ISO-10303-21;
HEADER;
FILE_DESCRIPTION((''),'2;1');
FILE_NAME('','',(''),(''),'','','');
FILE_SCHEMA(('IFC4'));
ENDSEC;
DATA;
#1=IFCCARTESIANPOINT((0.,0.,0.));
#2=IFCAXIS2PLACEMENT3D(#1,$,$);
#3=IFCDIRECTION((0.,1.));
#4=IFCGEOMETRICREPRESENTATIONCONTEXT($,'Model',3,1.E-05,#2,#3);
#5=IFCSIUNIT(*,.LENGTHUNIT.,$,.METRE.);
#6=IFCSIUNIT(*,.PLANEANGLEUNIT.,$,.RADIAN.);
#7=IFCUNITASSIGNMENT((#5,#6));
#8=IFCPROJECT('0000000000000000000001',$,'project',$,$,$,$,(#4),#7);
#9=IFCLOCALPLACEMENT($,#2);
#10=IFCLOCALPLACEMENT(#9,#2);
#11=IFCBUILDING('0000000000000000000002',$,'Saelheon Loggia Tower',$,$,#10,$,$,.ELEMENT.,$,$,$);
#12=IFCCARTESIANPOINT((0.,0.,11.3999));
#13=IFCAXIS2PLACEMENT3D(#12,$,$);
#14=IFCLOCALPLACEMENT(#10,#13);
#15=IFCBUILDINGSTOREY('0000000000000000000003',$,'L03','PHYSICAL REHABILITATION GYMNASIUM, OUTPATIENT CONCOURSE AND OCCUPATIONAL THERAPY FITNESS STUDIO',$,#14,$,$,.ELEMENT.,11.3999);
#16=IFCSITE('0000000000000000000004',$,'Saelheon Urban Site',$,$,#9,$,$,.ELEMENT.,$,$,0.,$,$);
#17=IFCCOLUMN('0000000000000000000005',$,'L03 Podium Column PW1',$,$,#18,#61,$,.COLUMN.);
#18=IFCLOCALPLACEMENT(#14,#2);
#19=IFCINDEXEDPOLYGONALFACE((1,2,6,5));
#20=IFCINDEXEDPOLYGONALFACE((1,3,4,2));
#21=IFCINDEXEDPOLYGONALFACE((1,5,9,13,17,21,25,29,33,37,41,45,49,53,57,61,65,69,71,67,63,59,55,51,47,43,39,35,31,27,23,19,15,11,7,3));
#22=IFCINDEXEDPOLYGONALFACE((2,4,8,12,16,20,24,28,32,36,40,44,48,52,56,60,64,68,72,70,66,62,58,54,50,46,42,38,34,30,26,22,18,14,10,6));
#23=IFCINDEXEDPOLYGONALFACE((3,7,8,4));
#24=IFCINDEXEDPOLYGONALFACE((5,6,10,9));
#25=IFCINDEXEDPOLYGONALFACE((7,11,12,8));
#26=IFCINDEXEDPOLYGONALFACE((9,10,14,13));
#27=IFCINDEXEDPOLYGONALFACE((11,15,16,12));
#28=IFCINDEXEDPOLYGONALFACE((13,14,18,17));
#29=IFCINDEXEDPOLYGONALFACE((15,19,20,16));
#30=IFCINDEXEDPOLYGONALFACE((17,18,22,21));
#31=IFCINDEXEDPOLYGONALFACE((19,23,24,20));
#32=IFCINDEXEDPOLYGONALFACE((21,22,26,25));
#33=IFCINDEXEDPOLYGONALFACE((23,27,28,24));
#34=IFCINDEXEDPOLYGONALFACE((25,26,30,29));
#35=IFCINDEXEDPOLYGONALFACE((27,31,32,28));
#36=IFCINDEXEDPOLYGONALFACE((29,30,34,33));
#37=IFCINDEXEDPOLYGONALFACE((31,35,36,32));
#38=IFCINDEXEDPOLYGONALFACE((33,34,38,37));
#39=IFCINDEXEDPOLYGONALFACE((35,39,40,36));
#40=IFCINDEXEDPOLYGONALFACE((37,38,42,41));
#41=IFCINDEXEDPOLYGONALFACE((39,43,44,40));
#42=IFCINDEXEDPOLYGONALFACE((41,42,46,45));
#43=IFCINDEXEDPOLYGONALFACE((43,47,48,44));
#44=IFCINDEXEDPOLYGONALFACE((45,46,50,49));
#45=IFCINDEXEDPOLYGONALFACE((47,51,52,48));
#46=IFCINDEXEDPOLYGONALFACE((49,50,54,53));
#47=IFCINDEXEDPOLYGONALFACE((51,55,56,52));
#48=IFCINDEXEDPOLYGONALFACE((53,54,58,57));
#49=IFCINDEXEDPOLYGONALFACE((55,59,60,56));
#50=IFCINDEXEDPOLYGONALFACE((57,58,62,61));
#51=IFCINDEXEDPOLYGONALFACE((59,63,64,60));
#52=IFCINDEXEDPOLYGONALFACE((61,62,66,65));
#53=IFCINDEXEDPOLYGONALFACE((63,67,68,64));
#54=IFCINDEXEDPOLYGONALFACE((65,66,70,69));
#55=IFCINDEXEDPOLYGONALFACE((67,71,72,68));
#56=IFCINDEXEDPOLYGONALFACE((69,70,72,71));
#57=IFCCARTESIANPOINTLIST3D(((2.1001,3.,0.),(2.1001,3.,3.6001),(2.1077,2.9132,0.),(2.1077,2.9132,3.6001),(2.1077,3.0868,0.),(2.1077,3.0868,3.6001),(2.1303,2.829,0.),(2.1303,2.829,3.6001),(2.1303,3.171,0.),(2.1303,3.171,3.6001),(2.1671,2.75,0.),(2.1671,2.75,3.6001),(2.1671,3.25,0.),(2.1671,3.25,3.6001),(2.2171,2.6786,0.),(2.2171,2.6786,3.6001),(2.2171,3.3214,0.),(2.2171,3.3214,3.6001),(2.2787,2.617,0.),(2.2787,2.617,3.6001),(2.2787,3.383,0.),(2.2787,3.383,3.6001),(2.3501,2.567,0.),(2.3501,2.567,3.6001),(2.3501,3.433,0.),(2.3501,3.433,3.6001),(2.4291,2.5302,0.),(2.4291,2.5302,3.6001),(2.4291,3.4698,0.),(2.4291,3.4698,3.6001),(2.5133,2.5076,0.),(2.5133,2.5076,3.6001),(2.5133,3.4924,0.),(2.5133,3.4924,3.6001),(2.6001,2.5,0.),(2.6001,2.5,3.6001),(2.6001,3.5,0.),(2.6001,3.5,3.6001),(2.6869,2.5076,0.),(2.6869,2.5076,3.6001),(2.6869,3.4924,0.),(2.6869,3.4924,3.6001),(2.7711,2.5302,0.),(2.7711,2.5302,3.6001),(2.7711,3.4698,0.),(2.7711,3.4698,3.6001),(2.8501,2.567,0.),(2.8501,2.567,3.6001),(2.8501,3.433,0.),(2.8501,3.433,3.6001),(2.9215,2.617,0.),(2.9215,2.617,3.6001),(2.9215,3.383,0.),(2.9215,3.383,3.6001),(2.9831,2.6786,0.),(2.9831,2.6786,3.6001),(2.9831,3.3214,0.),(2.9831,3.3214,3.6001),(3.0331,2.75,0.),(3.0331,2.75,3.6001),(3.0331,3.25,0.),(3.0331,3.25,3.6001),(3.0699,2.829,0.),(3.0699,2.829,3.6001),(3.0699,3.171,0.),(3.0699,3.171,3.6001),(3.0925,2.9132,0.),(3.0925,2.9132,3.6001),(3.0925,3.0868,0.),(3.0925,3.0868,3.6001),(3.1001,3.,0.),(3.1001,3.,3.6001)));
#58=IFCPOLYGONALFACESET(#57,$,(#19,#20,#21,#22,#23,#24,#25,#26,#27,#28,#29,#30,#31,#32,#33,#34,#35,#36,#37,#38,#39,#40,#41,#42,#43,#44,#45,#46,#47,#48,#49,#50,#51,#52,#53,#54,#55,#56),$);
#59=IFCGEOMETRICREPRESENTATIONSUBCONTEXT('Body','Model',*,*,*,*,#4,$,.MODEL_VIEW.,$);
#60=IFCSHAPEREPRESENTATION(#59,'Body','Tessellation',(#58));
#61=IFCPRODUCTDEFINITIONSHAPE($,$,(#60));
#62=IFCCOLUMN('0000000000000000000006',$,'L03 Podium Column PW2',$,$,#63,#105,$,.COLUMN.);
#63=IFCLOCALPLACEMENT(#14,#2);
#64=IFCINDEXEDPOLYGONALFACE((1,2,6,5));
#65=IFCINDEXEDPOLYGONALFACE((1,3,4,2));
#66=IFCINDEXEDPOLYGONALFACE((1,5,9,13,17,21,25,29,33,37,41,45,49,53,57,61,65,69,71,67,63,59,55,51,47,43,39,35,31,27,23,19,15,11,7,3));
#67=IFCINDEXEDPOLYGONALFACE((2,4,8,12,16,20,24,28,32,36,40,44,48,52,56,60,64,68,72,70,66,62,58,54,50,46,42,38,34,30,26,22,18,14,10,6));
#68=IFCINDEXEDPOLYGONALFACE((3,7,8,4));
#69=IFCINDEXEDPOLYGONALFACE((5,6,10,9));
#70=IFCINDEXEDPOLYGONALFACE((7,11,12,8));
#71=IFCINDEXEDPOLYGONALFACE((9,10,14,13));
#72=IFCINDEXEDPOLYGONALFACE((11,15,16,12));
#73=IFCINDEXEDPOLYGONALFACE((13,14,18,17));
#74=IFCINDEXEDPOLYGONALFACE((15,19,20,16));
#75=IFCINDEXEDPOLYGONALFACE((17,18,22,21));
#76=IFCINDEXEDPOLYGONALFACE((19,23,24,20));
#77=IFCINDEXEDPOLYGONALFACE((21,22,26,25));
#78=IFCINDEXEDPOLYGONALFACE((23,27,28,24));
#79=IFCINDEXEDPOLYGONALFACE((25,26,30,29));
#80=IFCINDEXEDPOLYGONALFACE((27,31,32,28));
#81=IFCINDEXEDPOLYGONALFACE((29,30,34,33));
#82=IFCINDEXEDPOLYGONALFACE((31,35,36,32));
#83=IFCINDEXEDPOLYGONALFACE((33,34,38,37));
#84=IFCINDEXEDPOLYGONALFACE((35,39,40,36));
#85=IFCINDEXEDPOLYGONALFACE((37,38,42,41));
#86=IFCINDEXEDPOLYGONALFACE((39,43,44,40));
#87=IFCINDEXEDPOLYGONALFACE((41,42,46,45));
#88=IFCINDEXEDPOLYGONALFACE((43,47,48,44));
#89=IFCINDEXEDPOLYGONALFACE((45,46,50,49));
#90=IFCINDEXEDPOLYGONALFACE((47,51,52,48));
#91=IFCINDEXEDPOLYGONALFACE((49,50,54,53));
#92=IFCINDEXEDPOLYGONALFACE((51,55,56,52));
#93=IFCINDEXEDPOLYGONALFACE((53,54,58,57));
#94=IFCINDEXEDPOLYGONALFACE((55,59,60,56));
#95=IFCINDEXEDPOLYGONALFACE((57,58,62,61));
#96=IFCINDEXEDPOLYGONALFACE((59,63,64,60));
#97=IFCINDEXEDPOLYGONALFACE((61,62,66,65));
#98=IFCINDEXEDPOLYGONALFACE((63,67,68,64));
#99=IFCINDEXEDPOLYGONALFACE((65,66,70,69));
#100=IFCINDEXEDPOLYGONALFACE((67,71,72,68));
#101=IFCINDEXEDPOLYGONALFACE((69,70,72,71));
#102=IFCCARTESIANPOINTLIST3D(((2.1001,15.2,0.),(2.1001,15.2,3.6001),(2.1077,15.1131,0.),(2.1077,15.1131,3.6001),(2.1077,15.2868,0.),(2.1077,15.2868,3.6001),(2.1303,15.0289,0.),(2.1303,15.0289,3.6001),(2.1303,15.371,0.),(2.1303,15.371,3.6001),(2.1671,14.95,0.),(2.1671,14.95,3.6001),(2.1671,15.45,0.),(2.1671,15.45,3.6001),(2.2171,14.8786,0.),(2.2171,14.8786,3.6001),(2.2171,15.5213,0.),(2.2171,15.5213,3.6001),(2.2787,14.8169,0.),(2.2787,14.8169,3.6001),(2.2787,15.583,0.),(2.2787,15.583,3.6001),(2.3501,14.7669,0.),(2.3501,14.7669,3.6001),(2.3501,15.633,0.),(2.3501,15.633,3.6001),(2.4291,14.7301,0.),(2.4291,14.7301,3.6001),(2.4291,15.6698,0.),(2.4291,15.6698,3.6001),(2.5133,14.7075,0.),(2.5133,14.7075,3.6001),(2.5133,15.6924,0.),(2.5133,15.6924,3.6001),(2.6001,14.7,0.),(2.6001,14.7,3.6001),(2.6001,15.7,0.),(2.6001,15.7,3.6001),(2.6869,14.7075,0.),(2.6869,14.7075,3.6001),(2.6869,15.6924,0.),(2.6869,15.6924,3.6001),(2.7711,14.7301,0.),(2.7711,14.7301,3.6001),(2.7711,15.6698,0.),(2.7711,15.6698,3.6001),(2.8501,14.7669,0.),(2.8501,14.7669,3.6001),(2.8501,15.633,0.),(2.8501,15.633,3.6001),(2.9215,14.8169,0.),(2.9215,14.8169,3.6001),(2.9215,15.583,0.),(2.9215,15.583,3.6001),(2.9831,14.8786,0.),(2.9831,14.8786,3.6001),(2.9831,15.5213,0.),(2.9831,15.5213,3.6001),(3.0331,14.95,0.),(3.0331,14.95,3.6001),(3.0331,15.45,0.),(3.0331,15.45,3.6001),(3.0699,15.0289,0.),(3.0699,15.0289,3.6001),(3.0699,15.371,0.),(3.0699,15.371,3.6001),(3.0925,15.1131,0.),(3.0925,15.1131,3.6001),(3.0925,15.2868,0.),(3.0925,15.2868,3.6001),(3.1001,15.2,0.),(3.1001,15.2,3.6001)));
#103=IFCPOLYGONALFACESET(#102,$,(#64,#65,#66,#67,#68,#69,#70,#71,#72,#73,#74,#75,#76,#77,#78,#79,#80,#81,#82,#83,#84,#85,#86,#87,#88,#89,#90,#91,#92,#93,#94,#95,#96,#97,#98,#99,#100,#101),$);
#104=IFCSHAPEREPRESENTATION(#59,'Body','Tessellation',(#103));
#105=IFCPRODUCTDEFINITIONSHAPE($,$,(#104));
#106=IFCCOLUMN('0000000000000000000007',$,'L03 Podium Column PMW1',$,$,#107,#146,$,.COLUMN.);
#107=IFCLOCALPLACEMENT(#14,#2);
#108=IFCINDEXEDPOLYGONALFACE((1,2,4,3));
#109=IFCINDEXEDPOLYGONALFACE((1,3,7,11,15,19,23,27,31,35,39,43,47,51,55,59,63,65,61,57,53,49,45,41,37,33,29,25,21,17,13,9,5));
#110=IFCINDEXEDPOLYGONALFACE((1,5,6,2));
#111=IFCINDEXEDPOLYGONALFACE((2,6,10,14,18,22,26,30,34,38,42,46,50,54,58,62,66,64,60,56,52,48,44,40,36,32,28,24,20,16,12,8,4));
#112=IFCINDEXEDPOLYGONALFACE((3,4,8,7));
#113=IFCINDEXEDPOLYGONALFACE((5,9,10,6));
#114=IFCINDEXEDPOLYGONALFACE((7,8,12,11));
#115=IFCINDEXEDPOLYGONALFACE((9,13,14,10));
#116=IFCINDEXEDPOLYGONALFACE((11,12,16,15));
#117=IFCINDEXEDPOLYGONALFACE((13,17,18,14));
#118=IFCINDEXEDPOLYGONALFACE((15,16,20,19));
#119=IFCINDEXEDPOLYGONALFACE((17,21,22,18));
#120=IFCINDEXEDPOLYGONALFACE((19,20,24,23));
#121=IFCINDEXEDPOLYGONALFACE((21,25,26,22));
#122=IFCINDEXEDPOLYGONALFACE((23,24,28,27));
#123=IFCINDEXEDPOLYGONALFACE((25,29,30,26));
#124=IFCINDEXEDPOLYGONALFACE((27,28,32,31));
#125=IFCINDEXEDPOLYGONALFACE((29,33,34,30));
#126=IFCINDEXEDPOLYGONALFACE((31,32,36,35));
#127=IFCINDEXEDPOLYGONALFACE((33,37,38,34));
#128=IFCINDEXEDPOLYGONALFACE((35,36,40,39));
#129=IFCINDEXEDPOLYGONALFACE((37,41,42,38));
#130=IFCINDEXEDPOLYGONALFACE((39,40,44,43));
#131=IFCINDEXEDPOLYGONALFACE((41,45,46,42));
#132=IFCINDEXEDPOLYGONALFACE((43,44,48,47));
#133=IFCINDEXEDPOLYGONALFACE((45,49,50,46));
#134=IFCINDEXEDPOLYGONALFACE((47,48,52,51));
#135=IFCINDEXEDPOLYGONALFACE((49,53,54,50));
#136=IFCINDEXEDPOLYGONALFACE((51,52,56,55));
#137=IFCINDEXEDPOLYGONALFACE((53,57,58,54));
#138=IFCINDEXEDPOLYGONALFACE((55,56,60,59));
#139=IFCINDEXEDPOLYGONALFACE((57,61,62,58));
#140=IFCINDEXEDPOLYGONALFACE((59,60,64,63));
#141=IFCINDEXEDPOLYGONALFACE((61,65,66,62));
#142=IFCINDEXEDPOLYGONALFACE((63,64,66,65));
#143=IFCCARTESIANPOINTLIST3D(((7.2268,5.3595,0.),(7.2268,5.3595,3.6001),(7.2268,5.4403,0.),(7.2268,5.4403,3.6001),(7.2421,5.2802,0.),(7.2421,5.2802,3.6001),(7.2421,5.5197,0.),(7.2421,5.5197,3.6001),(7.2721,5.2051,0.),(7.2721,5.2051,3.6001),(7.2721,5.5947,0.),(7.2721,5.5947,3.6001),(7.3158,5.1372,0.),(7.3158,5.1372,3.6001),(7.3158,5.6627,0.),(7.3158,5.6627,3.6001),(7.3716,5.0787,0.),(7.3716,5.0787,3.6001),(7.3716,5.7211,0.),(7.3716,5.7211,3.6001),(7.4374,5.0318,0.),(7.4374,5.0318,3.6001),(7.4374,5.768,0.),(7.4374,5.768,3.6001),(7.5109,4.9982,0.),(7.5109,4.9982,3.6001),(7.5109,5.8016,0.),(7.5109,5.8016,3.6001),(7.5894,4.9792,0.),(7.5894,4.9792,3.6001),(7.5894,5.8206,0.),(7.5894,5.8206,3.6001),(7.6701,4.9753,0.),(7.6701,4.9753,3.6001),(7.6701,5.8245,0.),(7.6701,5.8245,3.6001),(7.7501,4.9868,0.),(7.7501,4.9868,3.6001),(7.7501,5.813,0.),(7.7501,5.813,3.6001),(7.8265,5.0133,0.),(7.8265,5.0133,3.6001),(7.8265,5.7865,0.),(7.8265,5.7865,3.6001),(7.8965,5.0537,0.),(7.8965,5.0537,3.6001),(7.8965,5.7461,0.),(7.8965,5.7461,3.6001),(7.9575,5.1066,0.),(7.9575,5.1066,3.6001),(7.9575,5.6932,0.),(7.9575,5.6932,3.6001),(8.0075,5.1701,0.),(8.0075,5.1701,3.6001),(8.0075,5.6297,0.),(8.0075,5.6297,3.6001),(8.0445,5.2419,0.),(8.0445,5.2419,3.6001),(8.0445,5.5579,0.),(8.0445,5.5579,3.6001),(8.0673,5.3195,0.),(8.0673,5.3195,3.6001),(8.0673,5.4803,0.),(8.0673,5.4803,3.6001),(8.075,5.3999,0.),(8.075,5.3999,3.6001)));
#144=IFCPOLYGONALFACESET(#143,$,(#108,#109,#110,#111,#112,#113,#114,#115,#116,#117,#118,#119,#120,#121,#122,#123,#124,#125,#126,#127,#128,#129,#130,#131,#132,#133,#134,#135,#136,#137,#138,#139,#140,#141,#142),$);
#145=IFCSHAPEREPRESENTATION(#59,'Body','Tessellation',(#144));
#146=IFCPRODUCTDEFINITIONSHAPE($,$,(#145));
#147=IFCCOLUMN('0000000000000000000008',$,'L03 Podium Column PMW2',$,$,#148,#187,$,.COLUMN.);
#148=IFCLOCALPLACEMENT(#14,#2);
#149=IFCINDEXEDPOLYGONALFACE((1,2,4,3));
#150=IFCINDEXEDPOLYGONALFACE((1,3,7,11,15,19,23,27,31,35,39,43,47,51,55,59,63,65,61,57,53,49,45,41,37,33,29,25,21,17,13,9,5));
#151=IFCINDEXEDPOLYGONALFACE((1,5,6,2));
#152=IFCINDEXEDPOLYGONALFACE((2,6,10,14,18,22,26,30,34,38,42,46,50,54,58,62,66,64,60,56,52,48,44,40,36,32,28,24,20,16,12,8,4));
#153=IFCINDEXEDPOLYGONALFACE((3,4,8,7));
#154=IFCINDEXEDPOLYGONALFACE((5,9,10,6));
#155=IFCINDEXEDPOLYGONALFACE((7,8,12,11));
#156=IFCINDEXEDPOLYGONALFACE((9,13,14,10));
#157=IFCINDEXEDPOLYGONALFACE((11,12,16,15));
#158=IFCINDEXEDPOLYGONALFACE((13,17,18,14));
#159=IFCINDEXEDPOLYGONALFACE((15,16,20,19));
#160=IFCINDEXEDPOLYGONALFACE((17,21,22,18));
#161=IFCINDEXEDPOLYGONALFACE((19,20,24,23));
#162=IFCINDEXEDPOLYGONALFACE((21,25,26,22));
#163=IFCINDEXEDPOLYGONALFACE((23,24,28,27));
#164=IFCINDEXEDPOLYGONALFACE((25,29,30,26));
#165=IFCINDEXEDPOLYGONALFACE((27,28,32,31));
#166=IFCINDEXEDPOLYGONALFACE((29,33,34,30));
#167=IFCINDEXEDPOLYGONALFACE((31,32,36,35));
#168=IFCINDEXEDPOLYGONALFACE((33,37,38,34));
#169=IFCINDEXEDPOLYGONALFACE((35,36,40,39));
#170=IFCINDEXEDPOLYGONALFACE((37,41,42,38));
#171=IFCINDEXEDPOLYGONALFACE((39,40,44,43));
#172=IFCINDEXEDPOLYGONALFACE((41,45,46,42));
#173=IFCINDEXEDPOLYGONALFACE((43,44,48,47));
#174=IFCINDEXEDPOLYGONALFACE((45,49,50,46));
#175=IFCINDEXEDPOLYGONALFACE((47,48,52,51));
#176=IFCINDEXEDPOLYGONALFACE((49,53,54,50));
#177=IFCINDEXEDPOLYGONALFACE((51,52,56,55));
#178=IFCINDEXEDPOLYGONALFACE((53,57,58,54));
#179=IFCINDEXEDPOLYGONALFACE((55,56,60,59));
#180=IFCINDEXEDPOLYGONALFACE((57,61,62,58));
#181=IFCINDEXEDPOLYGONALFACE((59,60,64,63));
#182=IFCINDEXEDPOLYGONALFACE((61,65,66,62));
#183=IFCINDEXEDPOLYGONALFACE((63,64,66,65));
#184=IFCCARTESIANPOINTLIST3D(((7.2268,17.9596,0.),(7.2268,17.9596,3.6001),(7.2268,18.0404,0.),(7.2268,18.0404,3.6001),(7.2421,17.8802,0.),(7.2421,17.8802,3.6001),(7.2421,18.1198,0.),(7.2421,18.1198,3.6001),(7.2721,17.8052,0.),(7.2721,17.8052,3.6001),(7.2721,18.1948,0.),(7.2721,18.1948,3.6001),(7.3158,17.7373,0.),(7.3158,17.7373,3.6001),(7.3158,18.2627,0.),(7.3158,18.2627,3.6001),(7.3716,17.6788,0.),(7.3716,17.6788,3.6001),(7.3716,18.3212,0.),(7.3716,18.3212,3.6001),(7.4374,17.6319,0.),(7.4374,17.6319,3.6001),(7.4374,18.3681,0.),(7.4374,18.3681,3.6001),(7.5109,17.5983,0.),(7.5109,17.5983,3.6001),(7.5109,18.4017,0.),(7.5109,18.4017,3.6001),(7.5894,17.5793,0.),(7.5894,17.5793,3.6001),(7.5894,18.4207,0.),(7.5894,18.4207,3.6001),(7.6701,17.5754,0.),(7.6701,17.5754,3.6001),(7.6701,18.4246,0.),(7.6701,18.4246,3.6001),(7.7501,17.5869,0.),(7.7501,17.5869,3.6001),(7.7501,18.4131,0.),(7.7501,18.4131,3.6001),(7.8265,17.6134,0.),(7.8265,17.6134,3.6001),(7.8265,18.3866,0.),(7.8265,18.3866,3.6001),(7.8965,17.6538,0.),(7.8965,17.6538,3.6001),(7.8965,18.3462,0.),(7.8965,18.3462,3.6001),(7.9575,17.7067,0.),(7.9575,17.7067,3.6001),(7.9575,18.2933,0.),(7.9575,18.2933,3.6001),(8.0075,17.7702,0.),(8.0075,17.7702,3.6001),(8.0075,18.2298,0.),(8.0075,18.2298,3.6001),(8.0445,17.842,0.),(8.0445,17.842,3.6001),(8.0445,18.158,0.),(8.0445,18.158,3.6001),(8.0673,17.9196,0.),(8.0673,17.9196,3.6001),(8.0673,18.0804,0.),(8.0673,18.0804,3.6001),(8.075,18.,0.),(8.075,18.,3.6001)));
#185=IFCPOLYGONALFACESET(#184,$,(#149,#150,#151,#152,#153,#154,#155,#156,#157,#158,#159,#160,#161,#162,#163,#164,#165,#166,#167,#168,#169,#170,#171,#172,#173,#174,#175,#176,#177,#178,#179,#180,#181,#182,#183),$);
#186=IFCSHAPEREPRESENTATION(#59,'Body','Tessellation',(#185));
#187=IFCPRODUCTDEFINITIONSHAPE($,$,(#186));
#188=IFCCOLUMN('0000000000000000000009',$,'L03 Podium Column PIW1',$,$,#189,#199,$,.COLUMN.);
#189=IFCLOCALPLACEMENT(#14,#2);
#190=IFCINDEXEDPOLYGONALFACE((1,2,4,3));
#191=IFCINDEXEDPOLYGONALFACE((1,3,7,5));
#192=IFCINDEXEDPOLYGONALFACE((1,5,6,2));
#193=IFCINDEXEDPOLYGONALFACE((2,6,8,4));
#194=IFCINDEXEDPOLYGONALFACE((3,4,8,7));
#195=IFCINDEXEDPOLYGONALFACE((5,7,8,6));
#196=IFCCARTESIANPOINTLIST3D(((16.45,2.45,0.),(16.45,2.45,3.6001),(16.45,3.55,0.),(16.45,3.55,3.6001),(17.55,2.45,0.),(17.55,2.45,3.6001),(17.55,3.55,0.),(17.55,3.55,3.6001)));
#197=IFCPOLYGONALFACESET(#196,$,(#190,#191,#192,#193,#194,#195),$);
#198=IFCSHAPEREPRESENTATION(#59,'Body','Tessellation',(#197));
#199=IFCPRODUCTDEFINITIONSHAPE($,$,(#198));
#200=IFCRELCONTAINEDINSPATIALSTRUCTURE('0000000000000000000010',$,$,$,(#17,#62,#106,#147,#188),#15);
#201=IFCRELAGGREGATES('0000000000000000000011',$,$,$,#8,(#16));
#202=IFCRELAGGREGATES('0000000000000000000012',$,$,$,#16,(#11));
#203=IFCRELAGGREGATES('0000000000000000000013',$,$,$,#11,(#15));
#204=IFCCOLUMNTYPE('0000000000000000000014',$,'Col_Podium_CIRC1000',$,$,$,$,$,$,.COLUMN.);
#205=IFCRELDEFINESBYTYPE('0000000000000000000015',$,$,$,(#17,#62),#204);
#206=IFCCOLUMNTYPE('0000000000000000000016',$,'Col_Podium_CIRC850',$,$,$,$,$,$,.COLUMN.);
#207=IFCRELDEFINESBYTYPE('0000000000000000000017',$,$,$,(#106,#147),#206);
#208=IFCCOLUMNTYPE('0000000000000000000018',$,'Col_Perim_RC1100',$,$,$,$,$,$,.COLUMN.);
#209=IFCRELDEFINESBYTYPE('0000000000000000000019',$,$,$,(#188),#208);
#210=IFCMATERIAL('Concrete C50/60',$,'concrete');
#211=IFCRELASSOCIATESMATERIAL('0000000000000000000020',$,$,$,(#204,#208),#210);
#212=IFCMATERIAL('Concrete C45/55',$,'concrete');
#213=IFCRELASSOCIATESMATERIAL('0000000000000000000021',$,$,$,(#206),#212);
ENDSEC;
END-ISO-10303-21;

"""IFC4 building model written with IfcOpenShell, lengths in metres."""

from ifc_helpers import new_model, si_unit, direction, frame, origin, origin_2d, place, context, subcontext, project, spatial, rectangle, circle, extrude, source, transform, mapped, material, material_profile, profile_set, type_object, element, save


model = new_model("IFC4")

# Units and contexts
model_context = context("Model", 3, precision=1e-05, world=origin(), true_north=direction((0.0, 1.0)))
body_context = subcontext(model_context, "Body", "Model", "MODEL_VIEW")
ifc_project = project(units=[si_unit("LENGTHUNIT", "METRE"), si_unit("PLANEANGLEUNIT", "RADIAN")], contexts=[model_context])

# Site, building, storey
site_placement = place(None, origin())
site = spatial("IfcSite", under=ifc_project, at=site_placement, Name="Saelheon Urban Site", CompositionType="ELEMENT", RefElevation=0.0)
building_placement = place(site_placement, origin())
building = spatial("IfcBuilding", under=site, at=building_placement, Name="Saelheon Loggia Tower", CompositionType="ELEMENT")
storey_placement = place(building_placement, frame((0.0, 0.0, 11.3999)))
storey = spatial("IfcBuildingStorey", under=building, at=storey_placement, Name="L03", Description="PHYSICAL REHABILITATION GYMNASIUM, OUTPATIENT CONCOURSE AND OCCUPATIONAL THERAPY FITNESS STUDIO", CompositionType="ELEMENT", Elevation=11.3999)

# Columns
ifc_material_1 = material(Name="Concrete C50/60", Category="concrete")
ifc_material_profile_1 = material_profile(ifc_material_1, circle(Radius=0.5, at=origin_2d()), Name="CIRC-1000")
ifc_profile_set_1 = profile_set([ifc_material_profile_1], Name="Concrete C50/60")
column_type_1 = type_object("IfcColumnType", Name="Col_Podium_CIRC1000", PredefinedType="COLUMN", material=ifc_profile_set_1)
shared_shape_1 = source(origin(), body_context, "Body", "SweptSolid", [
    extrude(circle(Radius=0.5, at=origin_2d()), origin(), (0.0, 0.0, 1.0), 3.6001),
])
for number, where, z_axis, x_axis, name in (
    (1, (2.6001, 3.0, 0.0), (0.0, 0.0, 1.0), (1.0, 0.0, 0.0), "L03 Podium Column PW1"),
    (2, (2.6001, 15.2, 0.0), (0.0, 0.0, 1.0), (1.0, 0.0, 0.0), "L03 Podium Column PW2"),
):
    element("IfcColumn", number, at=place(storey_placement, frame(where, z_axis=z_axis, x_axis=x_axis)), inside=storey, type_object=column_type_1, Name=name, PredefinedType="COLUMN", context=body_context, shape_type="MappedRepresentation", body=[
        mapped(shared_shape_1, transform((0.0, 0.0, 0.0), scale=1.0)),
    ])
ifc_material_2 = material(Name="Concrete C45/55", Category="concrete")
ifc_material_profile_2 = material_profile(ifc_material_2, circle(Radius=0.425, at=origin_2d()), Name="CIRC-850")
ifc_profile_set_2 = profile_set([ifc_material_profile_2], Name="Concrete C45/55")
column_type_2 = type_object("IfcColumnType", Name="Col_Podium_CIRC850", PredefinedType="COLUMN", material=ifc_profile_set_2)
shared_shape_2 = source(origin(), body_context, "Body", "SweptSolid", [
    extrude(circle(Radius=0.425, at=origin_2d()), origin(), (0.0, 0.0, 1.0), 3.6001),
])
for number, where, z_axis, x_axis, name in (
    (3, (7.6499, 5.3999, 0.0), (0.0, 0.0, 1.0), (1.0, 0.0, 0.0), "L03 Podium Column PMW1"),
    (4, (7.6499, 18.0, 0.0), (0.0, 0.0, 1.0), (1.0, 0.0, 0.0), "L03 Podium Column PMW2"),
):
    element("IfcColumn", number, at=place(storey_placement, frame(where, z_axis=z_axis, x_axis=x_axis)), inside=storey, type_object=column_type_2, Name=name, PredefinedType="COLUMN", context=body_context, shape_type="MappedRepresentation", body=[
        mapped(shared_shape_2, transform((0.0, 0.0, 0.0), scale=1.0)),
    ])
ifc_material_profile_3 = material_profile(ifc_material_1, rectangle(XDim=1.1001, YDim=1.1001, at=origin_2d()), Name="RC-1100x1100")
ifc_profile_set_3 = profile_set([ifc_material_profile_3], Name="Concrete C50/60")
column_type_3 = type_object("IfcColumnType", Name="Col_Perim_RC1100", PredefinedType="COLUMN", material=ifc_profile_set_3)
shared_shape_3 = source(origin(), body_context, "Body", "SweptSolid", [
    extrude(rectangle(XDim=1.1001, YDim=1.1001, at=origin_2d()), origin(), (0.0, 0.0, 1.0), 3.6001),
])
column_placement = place(storey_placement, frame((17.0, 3.0, 0.0), z_axis=(0.0, 0.0, 1.0), x_axis=(1.0, 0.0, 0.0)))
element("IfcColumn", 5, at=column_placement, inside=storey, type_object=column_type_3, Name="L03 Podium Column PIW1", PredefinedType="COLUMN", context=body_context, shape_type="MappedRepresentation", body=[
    mapped(shared_shape_3, transform((0.0, 0.0, 0.0), scale=1.0)),
])

save(model, "model.ifc")
